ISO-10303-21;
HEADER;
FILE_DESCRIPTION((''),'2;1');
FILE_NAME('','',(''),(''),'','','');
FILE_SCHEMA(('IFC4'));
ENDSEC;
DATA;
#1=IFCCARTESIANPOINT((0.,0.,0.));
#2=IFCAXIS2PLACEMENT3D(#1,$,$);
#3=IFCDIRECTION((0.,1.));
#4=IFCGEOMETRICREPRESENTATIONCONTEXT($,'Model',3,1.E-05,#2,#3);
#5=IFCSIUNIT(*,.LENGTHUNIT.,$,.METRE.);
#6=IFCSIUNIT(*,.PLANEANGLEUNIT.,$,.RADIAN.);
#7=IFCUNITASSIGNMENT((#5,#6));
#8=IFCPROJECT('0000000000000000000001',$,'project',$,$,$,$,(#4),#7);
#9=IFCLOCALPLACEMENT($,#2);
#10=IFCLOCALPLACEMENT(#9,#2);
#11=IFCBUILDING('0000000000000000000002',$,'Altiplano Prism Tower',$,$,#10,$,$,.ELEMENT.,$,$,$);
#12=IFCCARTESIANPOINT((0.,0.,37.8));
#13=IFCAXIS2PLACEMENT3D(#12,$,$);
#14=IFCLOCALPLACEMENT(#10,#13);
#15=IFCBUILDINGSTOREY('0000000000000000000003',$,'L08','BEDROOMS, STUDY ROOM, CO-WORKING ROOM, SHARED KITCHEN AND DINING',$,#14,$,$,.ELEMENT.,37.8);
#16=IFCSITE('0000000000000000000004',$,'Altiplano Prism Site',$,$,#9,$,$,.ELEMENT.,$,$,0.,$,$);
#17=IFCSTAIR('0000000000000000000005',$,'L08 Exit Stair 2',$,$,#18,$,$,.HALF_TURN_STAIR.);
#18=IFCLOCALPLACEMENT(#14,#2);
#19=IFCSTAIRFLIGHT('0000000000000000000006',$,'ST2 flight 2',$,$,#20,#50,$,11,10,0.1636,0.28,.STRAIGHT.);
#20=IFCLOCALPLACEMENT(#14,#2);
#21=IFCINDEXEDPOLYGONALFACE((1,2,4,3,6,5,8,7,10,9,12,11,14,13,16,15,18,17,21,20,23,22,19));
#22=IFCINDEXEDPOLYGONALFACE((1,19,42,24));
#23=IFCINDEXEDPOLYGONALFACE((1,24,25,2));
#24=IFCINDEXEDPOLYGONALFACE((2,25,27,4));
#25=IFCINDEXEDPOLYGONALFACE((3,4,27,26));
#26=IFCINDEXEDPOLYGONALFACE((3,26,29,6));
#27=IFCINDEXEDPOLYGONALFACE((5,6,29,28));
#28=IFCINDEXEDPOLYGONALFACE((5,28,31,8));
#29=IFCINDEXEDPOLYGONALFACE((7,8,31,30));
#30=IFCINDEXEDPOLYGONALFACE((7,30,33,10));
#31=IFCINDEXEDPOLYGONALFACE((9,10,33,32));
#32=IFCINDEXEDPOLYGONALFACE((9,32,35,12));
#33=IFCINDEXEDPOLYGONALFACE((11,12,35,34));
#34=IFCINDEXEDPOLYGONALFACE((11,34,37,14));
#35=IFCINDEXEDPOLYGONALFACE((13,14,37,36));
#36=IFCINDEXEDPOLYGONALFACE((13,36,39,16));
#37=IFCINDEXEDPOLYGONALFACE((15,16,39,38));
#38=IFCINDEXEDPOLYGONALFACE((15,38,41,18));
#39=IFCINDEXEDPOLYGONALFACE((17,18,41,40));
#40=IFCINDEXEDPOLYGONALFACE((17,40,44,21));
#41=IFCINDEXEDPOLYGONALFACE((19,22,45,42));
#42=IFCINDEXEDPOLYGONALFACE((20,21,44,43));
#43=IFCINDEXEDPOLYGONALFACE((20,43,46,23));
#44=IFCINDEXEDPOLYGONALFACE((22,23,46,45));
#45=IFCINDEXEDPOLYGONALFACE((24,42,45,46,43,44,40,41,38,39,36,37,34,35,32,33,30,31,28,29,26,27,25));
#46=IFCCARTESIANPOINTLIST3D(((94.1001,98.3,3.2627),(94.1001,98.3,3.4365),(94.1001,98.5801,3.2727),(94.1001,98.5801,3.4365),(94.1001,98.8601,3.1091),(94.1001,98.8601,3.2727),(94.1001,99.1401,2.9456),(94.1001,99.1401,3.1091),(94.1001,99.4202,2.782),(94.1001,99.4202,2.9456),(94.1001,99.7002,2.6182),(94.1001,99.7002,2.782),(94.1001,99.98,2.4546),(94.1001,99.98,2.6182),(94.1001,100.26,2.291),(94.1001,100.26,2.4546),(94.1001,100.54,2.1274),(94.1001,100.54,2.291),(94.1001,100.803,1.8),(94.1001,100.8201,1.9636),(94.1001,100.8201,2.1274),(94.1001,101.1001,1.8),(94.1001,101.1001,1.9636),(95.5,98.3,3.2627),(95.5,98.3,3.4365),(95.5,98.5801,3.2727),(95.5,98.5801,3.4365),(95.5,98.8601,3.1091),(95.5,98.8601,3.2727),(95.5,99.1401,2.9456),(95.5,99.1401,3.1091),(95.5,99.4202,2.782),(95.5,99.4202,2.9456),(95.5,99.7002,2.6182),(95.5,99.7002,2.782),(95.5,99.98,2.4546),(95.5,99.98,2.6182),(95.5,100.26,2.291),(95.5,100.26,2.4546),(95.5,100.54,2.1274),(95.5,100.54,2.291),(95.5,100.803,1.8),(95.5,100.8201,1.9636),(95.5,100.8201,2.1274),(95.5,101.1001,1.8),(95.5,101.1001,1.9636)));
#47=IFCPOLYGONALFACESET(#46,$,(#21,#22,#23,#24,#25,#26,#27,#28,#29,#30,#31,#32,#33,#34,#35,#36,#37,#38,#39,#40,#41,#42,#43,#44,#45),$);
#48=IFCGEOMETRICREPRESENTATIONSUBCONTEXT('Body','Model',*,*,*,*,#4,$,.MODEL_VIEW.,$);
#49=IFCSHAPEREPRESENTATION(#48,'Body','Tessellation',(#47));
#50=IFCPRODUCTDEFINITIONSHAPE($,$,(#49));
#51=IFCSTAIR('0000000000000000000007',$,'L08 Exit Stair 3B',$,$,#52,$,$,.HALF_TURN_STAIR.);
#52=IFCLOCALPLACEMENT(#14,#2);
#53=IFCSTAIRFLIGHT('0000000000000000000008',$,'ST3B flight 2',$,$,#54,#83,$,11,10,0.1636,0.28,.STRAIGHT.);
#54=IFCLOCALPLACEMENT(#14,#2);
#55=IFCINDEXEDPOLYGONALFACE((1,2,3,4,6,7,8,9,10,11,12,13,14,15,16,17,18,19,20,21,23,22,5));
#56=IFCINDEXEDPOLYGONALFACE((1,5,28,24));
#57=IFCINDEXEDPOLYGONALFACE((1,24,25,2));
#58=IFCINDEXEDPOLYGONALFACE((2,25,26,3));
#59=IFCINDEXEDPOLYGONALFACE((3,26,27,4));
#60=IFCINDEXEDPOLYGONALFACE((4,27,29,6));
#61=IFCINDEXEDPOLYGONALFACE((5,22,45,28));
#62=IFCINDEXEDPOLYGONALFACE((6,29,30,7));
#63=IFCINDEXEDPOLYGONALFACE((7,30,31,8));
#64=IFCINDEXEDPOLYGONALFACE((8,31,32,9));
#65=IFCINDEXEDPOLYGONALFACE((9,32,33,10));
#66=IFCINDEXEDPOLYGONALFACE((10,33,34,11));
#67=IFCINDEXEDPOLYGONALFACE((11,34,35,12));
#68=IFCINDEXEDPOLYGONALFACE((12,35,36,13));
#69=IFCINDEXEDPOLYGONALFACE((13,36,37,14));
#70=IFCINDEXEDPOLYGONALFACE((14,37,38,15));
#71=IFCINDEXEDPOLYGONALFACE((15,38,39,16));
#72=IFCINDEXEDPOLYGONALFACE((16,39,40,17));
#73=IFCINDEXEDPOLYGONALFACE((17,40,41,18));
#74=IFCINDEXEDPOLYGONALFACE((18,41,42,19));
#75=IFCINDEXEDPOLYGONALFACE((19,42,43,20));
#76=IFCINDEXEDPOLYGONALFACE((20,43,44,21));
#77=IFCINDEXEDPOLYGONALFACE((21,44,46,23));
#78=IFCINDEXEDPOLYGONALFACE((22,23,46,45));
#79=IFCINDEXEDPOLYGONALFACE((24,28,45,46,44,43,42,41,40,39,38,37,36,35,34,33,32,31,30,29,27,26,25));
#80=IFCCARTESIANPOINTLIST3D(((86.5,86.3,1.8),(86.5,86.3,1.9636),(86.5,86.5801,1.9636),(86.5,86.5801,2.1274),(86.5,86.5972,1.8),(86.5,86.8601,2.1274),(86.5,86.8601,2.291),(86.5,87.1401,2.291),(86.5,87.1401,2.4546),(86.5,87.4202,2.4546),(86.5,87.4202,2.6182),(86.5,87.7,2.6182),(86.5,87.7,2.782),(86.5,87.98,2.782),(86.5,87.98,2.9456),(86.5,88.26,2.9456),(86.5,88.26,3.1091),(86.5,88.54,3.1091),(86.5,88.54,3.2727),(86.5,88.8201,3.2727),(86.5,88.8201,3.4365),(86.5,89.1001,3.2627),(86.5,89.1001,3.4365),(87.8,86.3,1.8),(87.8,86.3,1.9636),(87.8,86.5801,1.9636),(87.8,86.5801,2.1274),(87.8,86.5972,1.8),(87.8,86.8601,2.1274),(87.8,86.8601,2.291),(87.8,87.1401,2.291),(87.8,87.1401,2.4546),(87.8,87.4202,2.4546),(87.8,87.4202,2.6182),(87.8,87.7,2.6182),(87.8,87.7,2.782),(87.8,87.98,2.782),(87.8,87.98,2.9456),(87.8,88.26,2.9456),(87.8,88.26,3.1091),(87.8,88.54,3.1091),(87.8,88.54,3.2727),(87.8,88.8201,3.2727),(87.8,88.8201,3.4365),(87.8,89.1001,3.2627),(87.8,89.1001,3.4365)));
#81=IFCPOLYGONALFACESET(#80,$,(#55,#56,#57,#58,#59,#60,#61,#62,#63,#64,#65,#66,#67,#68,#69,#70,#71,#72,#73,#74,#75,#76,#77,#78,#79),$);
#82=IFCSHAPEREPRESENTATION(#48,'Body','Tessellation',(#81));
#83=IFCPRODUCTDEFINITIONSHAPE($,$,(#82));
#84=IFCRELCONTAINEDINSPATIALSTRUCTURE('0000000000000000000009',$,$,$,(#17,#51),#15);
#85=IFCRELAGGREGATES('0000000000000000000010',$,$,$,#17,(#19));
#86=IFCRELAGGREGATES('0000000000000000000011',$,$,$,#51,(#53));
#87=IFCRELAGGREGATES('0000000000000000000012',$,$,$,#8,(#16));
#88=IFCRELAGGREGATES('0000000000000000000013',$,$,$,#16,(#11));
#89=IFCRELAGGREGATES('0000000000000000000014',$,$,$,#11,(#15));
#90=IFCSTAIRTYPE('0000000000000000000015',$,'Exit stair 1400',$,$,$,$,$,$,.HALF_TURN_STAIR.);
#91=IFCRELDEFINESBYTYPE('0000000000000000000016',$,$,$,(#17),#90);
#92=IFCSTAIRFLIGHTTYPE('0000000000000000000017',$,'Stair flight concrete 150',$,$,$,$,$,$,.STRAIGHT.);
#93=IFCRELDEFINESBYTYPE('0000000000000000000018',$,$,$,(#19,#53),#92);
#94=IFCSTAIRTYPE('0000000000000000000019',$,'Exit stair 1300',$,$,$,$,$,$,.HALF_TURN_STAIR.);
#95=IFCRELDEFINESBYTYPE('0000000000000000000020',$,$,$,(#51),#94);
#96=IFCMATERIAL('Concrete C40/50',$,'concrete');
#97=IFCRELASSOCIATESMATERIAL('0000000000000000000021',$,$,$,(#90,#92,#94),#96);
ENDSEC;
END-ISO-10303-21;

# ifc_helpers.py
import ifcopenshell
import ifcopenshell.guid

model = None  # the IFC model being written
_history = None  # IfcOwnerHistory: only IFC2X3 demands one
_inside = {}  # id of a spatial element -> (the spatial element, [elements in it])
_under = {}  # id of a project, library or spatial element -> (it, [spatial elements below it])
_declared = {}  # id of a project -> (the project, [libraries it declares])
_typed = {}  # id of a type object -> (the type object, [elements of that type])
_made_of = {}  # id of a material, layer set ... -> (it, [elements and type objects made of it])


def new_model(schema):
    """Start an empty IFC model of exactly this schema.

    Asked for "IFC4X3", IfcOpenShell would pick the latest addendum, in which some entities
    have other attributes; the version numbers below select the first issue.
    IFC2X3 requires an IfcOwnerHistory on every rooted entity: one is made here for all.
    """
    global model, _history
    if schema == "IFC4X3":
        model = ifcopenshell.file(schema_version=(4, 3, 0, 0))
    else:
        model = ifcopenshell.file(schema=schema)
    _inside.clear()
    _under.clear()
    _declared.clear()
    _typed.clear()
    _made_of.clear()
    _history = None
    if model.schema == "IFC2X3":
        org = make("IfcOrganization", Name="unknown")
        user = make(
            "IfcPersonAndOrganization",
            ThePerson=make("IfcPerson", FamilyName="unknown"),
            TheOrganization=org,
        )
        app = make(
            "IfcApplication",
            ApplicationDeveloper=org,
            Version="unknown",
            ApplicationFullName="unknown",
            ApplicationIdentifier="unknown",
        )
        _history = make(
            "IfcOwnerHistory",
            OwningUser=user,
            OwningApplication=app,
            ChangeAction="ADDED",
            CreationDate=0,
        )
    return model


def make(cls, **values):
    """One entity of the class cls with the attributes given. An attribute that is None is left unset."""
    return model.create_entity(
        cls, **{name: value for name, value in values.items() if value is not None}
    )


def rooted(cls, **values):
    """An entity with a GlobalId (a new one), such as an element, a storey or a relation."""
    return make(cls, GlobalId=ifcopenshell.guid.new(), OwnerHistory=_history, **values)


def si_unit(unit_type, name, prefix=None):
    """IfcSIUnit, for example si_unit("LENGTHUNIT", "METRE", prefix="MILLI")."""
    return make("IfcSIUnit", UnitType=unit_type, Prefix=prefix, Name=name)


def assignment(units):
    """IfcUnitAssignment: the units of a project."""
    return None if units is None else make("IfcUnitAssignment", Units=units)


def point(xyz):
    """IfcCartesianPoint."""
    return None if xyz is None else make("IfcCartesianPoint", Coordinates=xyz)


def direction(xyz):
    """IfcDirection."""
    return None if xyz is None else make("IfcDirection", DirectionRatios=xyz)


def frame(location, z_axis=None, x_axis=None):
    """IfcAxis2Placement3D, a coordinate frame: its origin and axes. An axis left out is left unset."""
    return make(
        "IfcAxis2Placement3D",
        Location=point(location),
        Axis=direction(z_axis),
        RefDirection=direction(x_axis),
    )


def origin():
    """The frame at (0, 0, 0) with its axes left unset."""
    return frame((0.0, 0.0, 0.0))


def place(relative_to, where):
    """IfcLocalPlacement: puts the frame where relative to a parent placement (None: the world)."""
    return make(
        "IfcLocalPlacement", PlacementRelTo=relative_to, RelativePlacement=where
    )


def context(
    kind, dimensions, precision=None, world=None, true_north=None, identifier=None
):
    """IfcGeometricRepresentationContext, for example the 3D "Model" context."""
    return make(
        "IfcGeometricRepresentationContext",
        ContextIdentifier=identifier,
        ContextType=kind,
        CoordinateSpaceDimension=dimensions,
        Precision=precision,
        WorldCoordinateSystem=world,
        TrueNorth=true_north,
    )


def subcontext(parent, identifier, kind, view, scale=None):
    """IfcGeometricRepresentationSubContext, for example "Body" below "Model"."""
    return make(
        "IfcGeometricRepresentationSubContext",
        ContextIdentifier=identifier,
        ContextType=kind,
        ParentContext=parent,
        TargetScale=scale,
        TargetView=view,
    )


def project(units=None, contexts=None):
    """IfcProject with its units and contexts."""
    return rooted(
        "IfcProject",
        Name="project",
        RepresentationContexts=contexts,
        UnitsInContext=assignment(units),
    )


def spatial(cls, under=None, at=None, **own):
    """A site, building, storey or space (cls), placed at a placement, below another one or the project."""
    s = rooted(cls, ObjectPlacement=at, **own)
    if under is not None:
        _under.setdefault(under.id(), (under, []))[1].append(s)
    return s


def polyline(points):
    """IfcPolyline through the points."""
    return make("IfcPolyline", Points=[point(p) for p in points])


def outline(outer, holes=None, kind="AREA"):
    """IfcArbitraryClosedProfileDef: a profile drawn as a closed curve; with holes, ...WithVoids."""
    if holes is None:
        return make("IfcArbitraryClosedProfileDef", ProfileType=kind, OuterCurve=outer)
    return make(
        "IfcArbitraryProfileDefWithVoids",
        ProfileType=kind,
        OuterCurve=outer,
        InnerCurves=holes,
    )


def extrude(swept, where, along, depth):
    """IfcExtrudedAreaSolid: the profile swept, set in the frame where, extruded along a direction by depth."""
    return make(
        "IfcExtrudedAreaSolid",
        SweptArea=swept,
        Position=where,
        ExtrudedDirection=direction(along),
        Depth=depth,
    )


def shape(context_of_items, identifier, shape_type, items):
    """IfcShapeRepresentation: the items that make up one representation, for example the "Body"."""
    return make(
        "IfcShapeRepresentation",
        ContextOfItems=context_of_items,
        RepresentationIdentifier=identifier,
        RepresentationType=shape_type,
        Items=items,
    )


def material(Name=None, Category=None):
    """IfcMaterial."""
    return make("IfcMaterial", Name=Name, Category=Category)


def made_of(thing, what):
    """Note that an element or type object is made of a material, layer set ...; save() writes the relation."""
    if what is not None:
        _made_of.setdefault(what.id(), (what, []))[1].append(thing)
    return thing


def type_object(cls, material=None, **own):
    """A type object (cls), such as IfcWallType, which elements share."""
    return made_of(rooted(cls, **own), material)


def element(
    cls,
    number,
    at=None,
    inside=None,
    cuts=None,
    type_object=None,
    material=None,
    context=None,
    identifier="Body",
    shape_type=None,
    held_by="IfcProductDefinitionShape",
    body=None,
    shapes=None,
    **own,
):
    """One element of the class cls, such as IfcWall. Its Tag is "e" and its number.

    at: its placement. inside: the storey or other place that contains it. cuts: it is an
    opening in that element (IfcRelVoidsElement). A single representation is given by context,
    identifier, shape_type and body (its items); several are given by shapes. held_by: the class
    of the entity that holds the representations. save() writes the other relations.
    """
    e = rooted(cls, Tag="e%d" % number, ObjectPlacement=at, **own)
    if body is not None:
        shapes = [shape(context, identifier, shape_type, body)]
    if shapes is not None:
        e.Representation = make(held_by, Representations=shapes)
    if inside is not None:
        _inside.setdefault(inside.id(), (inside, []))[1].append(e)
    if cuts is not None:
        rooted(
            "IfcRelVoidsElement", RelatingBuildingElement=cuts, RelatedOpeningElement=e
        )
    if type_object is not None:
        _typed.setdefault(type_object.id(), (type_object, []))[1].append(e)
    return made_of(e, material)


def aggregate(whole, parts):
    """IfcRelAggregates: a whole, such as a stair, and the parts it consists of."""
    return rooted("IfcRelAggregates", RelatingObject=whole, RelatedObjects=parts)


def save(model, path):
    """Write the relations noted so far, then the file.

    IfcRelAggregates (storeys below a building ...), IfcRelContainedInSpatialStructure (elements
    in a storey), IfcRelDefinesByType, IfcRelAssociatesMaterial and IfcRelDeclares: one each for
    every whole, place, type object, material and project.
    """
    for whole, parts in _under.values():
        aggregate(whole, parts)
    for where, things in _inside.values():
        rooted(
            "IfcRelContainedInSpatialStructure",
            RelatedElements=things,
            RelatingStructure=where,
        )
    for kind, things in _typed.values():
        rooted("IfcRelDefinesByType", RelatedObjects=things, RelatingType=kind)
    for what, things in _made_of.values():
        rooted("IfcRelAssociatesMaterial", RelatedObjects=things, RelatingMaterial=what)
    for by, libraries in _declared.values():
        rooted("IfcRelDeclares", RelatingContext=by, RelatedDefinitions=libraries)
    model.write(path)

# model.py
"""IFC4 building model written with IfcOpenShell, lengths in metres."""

from ifc_helpers import new_model, si_unit, direction, frame, origin, place, context, subcontext, project, spatial, polyline, outline, extrude, material, type_object, element, aggregate, save


model = new_model("IFC4")

# Units and contexts
model_context = context("Model", 3, precision=1e-05, world=origin(), true_north=direction((0.0, 1.0)))
body_context = subcontext(model_context, "Body", "Model", "MODEL_VIEW")
ifc_project = project(units=[si_unit("LENGTHUNIT", "METRE"), si_unit("PLANEANGLEUNIT", "RADIAN")], contexts=[model_context])

# Site, building, storey
site_placement = place(None, origin())
site = spatial("IfcSite", under=ifc_project, at=site_placement, Name="Altiplano Prism Site", CompositionType="ELEMENT", RefElevation=0.0)
building_placement = place(site_placement, origin())
building = spatial("IfcBuilding", under=site, at=building_placement, Name="Altiplano Prism Tower", CompositionType="ELEMENT")
storey_placement = place(building_placement, frame((0.0, 0.0, 37.8)))
storey = spatial("IfcBuildingStorey", under=building, at=storey_placement, Name="L08", Description="BEDROOMS, STUDY ROOM, CO-WORKING ROOM, SHARED KITCHEN AND DINING", CompositionType="ELEMENT", Elevation=37.8)

# Stair, stair flight
ifc_material_1 = material(Name="Concrete C40/50", Category="concrete")
stair_type_1 = type_object("IfcStairType", Name="Exit stair 1400", PredefinedType="HALF_TURN_STAIR", material=ifc_material_1)
stair_1_placement = place(storey_placement, origin())
stair_1 = element("IfcStair", 1, at=stair_1_placement, inside=storey, type_object=stair_type_1, Name="L08 Exit Stair 2", PredefinedType="HALF_TURN_STAIR")
stair_flight_type = type_object("IfcStairFlightType", Name="Stair flight concrete 150", PredefinedType="STRAIGHT", material=ifc_material_1)
stair_flight_1_placement = place(storey_placement, frame((94.8, 101.1001, 1.8), z_axis=(0.0, 0.0, 1.0), x_axis=(0.0, -1.0, 0.0)))
stair_flight_1 = element("IfcStairFlight", 2, at=stair_flight_1_placement, type_object=stair_flight_type, Name="ST2 flight 2", NumberOfRisers=11, NumberOfTreads=10, PredefinedType="STRAIGHT", RiserHeight=0.1636, TreadLength=0.28, context=body_context, shape_type="SweptSolid", body=[
    extrude(outline(polyline([(0.0, 0.0), (0.0, 0.1636), (0.28, 0.1636), (0.28, 0.3274), (0.5601, 0.3274), (0.5601, 0.491), (0.8401, 0.491), (0.8401, 0.6545), (1.1201, 0.6545), (1.1201, 0.8181), (1.3999, 0.8181), (1.3999, 0.9819), (1.6799, 0.9819), (1.6799, 1.1455), (1.96, 1.1455), (1.96, 1.3091), (2.24, 1.3091), (2.24, 1.4727), (2.52, 1.4727), (2.52, 1.6365), (2.8, 1.6365), (2.8, 1.8), (2.8, 1.4626), (0.2971, 0.0), (0.0, 0.0)])), frame((0.0, 0.7, 0.0), z_axis=(0.0, -1.0, 0.0), x_axis=(1.0, 0.0, 0.0)), (0.0, 0.0, 1.0), 1.3999),
])
aggregate(stair_1, [stair_flight_1])

# Stair, stair flight
stair_type_2 = type_object("IfcStairType", Name="Exit stair 1300", PredefinedType="HALF_TURN_STAIR", material=ifc_material_1)
stair_2_placement = place(storey_placement, origin())
stair_2 = element("IfcStair", 3, at=stair_2_placement, inside=storey, type_object=stair_type_2, Name="L08 Exit Stair 3B", PredefinedType="HALF_TURN_STAIR")
stair_flight_2_placement = place(storey_placement, frame((87.1499, 86.3, 1.8), z_axis=(0.0, 0.0, 1.0), x_axis=(0.0, 1.0, 0.0)))
stair_flight_2 = element("IfcStairFlight", 4, at=stair_flight_2_placement, type_object=stair_flight_type, Name="ST3B flight 2", NumberOfRisers=11, NumberOfTreads=10, PredefinedType="STRAIGHT", RiserHeight=0.1636, TreadLength=0.28, context=body_context, shape_type="SweptSolid", body=[
    extrude(outline(polyline([(0.0, 0.0), (0.0, 0.1636), (0.28, 0.1636), (0.28, 0.3274), (0.5601, 0.3274), (0.5601, 0.491), (0.8401, 0.491), (0.8401, 0.6545), (1.1201, 0.6545), (1.1201, 0.8181), (1.3999, 0.8181), (1.3999, 0.9819), (1.6799, 0.9819), (1.6799, 1.1455), (1.96, 1.1455), (1.96, 1.3091), (2.24, 1.3091), (2.24, 1.4727), (2.52, 1.4727), (2.52, 1.6365), (2.8, 1.6365), (2.8, 1.8), (2.8, 1.4626), (0.2971, 0.0), (0.0, 0.0)])), frame((0.0, 0.6499, 0.0), z_axis=(0.0, -1.0, 0.0), x_axis=(1.0, 0.0, 0.0)), (0.0, 0.0, 1.0), 1.3),
])
aggregate(stair_2, [stair_flight_2])

save(model, "model.ifc")
